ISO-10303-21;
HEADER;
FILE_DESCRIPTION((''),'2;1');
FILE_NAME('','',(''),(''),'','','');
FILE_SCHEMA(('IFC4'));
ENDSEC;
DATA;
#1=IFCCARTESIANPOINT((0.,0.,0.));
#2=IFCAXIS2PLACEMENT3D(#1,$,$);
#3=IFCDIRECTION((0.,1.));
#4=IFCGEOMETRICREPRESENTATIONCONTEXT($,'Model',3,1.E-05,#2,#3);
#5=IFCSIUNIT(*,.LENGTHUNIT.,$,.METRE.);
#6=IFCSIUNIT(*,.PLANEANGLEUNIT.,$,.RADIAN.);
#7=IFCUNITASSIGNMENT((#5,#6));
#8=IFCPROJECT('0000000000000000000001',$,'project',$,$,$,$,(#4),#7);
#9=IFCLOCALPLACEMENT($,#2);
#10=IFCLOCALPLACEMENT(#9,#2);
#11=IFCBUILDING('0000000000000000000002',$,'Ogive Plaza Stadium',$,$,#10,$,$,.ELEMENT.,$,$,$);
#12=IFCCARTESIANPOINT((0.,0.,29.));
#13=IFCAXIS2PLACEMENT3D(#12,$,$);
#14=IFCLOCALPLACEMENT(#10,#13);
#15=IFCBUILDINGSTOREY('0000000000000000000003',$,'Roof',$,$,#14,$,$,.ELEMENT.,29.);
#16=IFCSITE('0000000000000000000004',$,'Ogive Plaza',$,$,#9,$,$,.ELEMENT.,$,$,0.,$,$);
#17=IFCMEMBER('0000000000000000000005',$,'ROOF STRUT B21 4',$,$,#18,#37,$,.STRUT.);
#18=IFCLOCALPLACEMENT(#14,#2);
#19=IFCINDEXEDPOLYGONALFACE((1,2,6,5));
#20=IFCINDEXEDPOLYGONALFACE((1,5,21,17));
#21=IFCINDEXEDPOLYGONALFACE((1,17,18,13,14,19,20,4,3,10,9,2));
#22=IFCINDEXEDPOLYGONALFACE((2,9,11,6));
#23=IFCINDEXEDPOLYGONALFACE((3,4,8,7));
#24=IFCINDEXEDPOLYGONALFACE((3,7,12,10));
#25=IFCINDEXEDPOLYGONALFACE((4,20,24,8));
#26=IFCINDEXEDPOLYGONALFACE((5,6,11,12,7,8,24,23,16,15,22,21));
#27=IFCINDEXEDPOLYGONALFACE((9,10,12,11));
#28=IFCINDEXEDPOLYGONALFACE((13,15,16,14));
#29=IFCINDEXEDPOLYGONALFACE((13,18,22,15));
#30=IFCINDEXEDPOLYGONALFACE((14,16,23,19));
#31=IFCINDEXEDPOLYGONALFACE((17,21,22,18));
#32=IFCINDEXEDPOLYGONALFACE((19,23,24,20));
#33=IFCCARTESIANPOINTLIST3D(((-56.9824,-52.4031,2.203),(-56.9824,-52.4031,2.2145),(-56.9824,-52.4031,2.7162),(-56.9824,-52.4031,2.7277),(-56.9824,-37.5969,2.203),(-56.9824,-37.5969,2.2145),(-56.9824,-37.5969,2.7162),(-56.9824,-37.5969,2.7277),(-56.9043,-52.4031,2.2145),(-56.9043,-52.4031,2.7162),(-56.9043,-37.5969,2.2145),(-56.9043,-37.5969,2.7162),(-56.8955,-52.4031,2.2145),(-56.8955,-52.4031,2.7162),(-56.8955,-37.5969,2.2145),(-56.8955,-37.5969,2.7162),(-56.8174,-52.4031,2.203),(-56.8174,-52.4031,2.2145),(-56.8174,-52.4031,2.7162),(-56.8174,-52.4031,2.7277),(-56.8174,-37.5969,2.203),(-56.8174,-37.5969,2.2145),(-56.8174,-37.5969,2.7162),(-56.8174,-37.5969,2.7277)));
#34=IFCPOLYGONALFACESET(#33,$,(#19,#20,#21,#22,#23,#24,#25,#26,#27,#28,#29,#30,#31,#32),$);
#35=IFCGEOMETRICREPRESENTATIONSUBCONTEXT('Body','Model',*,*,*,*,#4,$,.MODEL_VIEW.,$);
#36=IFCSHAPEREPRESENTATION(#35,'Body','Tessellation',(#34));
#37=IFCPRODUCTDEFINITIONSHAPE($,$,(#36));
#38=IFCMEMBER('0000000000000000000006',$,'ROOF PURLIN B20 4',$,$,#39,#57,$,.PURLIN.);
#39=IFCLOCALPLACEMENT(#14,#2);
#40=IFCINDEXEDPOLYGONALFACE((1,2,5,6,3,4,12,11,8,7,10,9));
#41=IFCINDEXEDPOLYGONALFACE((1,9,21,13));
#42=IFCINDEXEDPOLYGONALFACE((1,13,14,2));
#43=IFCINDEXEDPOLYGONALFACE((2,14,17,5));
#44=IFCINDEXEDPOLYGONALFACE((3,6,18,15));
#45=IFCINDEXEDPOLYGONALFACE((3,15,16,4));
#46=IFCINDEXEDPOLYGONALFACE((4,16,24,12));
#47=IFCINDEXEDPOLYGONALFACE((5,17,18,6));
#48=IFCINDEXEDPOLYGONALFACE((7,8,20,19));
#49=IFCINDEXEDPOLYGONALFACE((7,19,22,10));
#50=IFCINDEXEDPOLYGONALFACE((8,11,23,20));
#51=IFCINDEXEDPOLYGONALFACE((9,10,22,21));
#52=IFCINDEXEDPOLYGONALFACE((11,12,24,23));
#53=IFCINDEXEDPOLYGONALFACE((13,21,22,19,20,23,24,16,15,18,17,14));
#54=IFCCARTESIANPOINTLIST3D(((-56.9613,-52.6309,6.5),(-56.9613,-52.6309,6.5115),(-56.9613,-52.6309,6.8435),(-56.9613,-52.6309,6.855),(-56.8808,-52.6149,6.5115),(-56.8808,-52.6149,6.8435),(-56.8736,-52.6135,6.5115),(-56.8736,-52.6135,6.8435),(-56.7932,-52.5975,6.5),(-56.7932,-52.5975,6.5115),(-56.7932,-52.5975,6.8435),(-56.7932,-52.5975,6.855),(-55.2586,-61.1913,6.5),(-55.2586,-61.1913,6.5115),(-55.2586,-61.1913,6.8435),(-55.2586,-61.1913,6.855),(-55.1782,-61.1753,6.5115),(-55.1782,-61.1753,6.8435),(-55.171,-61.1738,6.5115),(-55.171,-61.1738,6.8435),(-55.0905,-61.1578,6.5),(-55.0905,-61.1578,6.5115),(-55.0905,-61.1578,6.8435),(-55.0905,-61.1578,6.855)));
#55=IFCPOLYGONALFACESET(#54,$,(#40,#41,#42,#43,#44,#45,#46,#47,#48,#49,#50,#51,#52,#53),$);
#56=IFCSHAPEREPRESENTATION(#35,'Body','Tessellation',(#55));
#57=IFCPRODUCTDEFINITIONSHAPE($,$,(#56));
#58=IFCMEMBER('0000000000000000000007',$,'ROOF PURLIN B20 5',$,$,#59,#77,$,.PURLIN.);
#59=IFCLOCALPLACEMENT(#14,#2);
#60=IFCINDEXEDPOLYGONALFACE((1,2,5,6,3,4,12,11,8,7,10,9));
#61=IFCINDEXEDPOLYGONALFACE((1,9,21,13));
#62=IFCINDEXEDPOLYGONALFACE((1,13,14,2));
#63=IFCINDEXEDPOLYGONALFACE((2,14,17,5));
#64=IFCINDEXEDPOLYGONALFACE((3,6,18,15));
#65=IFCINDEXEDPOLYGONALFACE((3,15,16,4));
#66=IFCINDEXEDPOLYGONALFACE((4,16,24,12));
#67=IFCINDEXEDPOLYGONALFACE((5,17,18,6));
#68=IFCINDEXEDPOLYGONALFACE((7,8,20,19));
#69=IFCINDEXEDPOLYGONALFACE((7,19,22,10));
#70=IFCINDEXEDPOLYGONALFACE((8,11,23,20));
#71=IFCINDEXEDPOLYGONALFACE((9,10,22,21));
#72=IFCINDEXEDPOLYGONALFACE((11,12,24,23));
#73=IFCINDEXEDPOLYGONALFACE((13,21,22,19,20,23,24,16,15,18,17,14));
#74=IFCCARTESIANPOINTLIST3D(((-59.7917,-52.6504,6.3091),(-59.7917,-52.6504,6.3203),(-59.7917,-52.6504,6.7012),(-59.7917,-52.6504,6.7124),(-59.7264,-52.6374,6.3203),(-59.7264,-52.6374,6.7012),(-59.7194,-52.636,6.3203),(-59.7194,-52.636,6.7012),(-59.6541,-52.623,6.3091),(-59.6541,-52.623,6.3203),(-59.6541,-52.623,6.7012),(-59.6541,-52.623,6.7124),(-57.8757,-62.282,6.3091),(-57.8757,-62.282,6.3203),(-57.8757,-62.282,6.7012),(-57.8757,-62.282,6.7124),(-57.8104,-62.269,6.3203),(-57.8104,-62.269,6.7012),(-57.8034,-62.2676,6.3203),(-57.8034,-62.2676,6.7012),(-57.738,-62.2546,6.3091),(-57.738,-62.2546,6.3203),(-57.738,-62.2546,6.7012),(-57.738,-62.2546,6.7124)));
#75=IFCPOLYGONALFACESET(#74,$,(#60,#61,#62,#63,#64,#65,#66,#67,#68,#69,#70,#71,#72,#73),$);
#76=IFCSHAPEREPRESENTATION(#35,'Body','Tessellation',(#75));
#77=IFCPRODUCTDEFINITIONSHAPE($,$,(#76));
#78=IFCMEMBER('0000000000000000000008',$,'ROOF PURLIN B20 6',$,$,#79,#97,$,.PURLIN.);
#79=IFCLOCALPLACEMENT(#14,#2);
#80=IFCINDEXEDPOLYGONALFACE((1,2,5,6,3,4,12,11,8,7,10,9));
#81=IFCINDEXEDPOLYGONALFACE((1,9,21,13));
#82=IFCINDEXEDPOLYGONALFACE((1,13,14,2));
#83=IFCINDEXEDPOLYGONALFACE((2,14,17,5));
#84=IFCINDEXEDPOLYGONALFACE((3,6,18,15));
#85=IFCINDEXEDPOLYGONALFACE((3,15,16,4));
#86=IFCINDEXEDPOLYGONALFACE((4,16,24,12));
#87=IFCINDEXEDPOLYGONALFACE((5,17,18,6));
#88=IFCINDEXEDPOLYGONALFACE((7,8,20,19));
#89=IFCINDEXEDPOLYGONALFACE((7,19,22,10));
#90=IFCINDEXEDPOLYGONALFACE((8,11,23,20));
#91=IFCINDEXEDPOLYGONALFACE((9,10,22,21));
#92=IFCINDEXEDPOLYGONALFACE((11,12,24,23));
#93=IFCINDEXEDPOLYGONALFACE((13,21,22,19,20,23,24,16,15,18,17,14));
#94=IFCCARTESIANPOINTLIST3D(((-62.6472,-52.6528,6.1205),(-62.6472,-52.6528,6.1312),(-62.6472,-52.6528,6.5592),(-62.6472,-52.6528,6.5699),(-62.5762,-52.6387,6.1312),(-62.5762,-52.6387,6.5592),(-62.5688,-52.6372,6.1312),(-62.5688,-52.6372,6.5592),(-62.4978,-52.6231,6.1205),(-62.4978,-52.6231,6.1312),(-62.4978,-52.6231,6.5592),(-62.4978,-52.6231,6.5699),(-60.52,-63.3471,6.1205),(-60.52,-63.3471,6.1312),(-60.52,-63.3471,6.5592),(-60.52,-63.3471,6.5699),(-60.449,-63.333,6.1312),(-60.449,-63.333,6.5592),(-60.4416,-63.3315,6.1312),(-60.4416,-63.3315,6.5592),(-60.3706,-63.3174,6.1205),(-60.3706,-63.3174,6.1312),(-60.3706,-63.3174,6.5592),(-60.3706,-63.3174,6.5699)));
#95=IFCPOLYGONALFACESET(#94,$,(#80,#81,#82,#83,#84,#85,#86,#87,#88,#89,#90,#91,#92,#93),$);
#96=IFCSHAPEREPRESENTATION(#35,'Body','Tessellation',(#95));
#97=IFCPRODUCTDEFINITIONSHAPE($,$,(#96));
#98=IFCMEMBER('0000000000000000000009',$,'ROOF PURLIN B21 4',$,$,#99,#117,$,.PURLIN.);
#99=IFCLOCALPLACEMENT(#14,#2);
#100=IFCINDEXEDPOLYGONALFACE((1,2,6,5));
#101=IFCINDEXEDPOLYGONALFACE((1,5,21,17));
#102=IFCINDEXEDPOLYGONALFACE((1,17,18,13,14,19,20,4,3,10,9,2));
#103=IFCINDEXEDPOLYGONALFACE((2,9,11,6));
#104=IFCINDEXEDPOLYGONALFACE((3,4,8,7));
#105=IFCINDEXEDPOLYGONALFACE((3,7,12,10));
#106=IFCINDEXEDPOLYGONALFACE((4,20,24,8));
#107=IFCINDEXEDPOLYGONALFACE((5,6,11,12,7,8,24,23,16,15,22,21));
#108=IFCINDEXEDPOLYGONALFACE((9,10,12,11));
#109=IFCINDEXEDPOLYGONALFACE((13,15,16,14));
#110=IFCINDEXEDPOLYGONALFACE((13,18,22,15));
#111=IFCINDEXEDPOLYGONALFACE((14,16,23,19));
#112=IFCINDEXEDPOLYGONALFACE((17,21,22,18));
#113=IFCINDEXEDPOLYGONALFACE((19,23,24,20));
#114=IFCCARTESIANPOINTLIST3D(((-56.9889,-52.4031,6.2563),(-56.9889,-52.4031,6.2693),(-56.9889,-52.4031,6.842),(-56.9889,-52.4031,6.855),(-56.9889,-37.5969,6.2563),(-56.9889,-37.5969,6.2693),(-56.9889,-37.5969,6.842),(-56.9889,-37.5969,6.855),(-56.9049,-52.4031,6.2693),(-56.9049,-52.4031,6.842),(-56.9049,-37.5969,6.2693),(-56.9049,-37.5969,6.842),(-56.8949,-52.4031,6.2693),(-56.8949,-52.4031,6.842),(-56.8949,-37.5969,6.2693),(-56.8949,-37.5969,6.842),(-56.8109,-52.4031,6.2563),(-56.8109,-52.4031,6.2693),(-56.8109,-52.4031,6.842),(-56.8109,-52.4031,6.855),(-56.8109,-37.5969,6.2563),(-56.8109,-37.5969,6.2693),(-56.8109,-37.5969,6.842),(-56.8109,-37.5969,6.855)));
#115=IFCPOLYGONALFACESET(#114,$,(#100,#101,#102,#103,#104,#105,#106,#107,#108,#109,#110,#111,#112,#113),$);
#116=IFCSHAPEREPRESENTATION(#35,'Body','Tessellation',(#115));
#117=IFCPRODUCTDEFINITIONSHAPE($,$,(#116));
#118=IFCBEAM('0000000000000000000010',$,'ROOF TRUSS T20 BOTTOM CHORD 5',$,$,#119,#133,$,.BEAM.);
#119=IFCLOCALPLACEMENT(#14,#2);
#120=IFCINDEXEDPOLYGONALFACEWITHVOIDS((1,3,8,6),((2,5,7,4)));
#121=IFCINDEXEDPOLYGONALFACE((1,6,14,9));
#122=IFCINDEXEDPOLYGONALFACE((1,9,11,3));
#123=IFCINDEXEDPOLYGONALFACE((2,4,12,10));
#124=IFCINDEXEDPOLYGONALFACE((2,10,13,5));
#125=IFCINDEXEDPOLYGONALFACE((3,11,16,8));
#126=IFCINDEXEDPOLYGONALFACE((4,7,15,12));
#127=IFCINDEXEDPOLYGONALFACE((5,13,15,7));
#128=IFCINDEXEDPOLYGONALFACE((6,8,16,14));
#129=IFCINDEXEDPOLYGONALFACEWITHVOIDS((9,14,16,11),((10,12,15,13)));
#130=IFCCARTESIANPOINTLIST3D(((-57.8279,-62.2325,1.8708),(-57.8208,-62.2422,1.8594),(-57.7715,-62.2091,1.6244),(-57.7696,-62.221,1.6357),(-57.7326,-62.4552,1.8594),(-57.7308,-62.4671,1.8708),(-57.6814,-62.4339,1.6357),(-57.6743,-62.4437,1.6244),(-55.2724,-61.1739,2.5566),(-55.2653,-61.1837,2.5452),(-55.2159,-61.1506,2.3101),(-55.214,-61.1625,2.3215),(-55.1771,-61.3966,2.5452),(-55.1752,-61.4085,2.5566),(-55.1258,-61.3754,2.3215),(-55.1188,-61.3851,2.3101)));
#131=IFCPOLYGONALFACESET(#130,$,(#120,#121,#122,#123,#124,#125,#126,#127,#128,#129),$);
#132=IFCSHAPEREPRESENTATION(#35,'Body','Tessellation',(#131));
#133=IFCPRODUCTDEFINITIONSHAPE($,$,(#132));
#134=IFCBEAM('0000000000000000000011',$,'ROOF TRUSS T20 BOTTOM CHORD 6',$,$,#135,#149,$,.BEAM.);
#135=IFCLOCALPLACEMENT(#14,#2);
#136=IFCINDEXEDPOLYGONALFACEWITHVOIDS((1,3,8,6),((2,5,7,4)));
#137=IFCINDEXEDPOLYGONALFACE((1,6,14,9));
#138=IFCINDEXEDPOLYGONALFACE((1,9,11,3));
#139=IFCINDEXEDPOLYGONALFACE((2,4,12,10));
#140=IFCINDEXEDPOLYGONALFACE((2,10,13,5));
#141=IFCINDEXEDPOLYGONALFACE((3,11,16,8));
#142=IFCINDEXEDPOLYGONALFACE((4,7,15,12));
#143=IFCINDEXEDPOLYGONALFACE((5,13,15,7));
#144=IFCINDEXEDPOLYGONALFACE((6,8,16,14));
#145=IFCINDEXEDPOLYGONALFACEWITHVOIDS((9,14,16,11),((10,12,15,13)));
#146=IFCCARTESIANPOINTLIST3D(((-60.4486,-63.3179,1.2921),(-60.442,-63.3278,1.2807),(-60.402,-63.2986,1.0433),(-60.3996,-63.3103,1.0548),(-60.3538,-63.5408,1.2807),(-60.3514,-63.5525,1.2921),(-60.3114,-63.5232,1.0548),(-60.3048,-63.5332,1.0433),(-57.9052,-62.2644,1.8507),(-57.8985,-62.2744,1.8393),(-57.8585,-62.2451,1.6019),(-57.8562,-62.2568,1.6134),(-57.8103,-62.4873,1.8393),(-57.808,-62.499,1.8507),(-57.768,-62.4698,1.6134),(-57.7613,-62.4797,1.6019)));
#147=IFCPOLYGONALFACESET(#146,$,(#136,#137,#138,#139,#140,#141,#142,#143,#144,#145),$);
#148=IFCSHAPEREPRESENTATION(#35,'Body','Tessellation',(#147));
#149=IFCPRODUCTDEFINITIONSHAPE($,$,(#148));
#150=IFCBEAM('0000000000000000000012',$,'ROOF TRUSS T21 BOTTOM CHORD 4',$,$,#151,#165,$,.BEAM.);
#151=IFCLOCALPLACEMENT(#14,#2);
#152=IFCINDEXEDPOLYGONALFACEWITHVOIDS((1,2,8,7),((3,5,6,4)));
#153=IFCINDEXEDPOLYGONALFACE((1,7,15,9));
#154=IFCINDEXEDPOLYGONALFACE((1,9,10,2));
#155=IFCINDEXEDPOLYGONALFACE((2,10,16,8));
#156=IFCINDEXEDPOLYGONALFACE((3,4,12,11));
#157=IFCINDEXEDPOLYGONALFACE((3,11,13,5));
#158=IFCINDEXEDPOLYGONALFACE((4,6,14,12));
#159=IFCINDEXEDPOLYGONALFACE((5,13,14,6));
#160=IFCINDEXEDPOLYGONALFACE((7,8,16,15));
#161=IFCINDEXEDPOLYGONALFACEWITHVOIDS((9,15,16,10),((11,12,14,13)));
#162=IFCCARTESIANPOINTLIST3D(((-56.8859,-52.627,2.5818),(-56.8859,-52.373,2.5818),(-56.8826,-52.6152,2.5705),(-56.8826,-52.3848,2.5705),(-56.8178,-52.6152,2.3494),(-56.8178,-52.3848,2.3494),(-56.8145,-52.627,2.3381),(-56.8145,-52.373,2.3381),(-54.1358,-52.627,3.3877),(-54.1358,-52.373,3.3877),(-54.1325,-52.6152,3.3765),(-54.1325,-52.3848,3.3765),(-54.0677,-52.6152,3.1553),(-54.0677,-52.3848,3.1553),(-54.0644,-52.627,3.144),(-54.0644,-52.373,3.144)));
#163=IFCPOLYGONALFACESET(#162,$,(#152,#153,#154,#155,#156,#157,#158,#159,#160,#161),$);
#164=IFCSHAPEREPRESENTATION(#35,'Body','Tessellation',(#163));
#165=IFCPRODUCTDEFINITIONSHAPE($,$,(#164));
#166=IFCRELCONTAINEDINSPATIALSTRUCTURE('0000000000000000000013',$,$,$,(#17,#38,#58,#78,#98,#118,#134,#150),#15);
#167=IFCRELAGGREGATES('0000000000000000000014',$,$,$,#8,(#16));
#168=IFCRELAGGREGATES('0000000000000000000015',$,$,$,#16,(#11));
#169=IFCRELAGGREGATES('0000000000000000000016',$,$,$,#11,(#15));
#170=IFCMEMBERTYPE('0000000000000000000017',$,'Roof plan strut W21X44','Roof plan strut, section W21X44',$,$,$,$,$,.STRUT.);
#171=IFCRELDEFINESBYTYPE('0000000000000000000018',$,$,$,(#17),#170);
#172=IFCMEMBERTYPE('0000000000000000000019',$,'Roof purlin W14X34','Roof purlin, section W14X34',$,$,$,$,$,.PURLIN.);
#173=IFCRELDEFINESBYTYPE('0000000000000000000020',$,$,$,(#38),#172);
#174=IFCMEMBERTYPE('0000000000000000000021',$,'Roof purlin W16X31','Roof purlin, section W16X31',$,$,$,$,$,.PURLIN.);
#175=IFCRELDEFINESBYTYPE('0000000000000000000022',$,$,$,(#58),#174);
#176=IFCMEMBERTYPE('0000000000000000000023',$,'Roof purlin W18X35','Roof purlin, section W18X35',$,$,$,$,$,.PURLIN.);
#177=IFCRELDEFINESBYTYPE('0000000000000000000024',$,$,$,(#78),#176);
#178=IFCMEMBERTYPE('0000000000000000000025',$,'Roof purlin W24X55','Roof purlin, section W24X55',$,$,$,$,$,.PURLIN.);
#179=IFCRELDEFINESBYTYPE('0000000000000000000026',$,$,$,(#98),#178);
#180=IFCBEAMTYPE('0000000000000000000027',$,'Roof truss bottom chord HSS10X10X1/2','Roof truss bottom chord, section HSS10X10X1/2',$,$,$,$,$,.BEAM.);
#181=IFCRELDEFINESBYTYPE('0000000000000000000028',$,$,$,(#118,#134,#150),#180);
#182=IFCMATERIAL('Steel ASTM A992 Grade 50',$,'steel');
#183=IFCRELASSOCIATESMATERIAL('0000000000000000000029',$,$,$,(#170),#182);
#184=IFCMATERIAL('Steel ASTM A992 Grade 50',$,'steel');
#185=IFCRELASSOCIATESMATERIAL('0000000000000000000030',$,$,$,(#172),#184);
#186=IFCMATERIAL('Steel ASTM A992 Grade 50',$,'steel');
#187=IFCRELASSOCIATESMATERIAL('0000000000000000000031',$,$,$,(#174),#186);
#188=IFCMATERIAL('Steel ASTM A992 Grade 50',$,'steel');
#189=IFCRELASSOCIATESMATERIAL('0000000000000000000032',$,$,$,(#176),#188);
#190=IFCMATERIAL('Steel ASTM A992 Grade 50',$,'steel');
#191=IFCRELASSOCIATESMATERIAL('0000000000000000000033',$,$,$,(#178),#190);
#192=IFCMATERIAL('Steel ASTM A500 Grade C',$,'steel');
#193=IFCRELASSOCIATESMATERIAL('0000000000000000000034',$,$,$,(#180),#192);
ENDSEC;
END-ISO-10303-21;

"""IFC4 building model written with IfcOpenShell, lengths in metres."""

from ifc_helpers import new_model, si_unit, direction, frame, origin, origin_2d, place, context, subcontext, project, spatial, hollow_rectangle, i_section, extrude, material, material_profile, profile_set, type_object, element, save


model = new_model("IFC4")

# Units and contexts
model_context = context("Model", 3, precision=1e-05, world=origin(), true_north=direction((0.0, 1.0)))
body_context = subcontext(model_context, "Body", "Model", "MODEL_VIEW")
ifc_project = project(units=[si_unit("LENGTHUNIT", "METRE"), si_unit("PLANEANGLEUNIT", "RADIAN")], contexts=[model_context])

# Site, building, storey
site_placement = place(None, origin())
site = spatial("IfcSite", under=ifc_project, at=site_placement, Name="Ogive Plaza", CompositionType="ELEMENT", RefElevation=0.0)
building_placement = place(site_placement, origin())
building = spatial("IfcBuilding", under=site, at=building_placement, Name="Ogive Plaza Stadium", CompositionType="ELEMENT")
storey_placement = place(building_placement, frame((0.0, 0.0, 29.0)))
storey = spatial("IfcBuildingStorey", under=building, at=storey_placement, Name="Roof", CompositionType="ELEMENT", Elevation=29.0)

# Members
ifc_material_1 = material(Name="Steel ASTM A992 Grade 50", Category="steel")
ifc_material_profile_1 = material_profile(ifc_material_1, i_section(OverallWidth=0.165, OverallDepth=0.5247, WebThickness=0.0088, FlangeThickness=0.0115, at=origin_2d()), Name="W21X44")
ifc_profile_set_1 = profile_set([ifc_material_profile_1], Name="Steel ASTM A992 Grade 50")
member_type_1 = type_object("IfcMemberType", Name="Roof plan strut W21X44", Description="Roof plan strut, section W21X44", PredefinedType="STRUT", material=ifc_profile_set_1)
member_1_placement = place(storey_placement, frame((-56.8999, -52.4031, 2.4653), z_axis=(0.0, 1.0, 0.0), x_axis=(-1.0, 0.0, 0.0)))
element("IfcMember", 1, at=member_1_placement, inside=storey, type_object=member_type_1, Name="ROOF STRUT B21 4", PredefinedType="STRUT", context=body_context, shape_type="SweptSolid", body=[
    extrude(i_section(OverallWidth=0.165, OverallDepth=0.5247, WebThickness=0.0088, FlangeThickness=0.0115, at=origin_2d()), origin(), (0.0, 0.0, 1.0), 14.8062),
])
ifc_material_2 = material(Name="Steel ASTM A992 Grade 50", Category="steel")
ifc_material_profile_2 = material_profile(ifc_material_2, i_section(OverallWidth=0.1714, OverallDepth=0.355, WebThickness=0.0073, FlangeThickness=0.0115, at=origin_2d()), Name="W14X34")
ifc_profile_set_2 = profile_set([ifc_material_profile_2], Name="Steel ASTM A992 Grade 50")
member_type_2 = type_object("IfcMemberType", Name="Roof purlin W14X34", Description="Roof purlin, section W14X34", PredefinedType="PURLIN", material=ifc_profile_set_2)
member_2_placement = place(storey_placement, frame((-55.1746, -61.1746, 6.6775), z_axis=(-0.195078, 0.980788, 0.0), x_axis=(-0.980788, -0.195078, 0.0)))
element("IfcMember", 2, at=member_2_placement, inside=storey, type_object=member_type_2, Name="ROOF PURLIN B20 4", PredefinedType="PURLIN", context=body_context, shape_type="SweptSolid", body=[
    extrude(i_section(OverallWidth=0.1714, OverallDepth=0.355, WebThickness=0.0073, FlangeThickness=0.0115, at=origin_2d()), origin(), (0.0, 0.0, 1.0), 8.728),
])
ifc_material_3 = material(Name="Steel ASTM A992 Grade 50", Category="steel")
ifc_material_profile_3 = material_profile(ifc_material_3, i_section(OverallWidth=0.1404, OverallDepth=0.4033, WebThickness=0.0071, FlangeThickness=0.0112, at=origin_2d()), Name="W16X31")
ifc_profile_set_3 = profile_set([ifc_material_profile_3], Name="Steel ASTM A992 Grade 50")
member_type_3 = type_object("IfcMemberType", Name="Roof purlin W16X31", Description="Roof purlin, section W16X31", PredefinedType="PURLIN", material=ifc_profile_set_3)
member_3_placement = place(storey_placement, frame((-57.8069, -62.2683, 6.5107), z_axis=(-0.195107, 0.980782, 0.0), x_axis=(-0.980782, -0.195107, 0.0)))
element("IfcMember", 3, at=member_3_placement, inside=storey, type_object=member_type_3, Name="ROOF PURLIN B20 5", PredefinedType="PURLIN", context=body_context, shape_type="SweptSolid", body=[
    extrude(i_section(OverallWidth=0.1404, OverallDepth=0.4033, WebThickness=0.0071, FlangeThickness=0.0112, at=origin_2d()), origin(), (0.0, 0.0, 1.0), 9.8203),
])
ifc_material_4 = material(Name="Steel ASTM A992 Grade 50", Category="steel")
ifc_material_profile_4 = material_profile(ifc_material_4, i_section(OverallWidth=0.1523, OverallDepth=0.4495, WebThickness=0.0076, FlangeThickness=0.0107, at=origin_2d()), Name="W18X35")
ifc_profile_set_4 = profile_set([ifc_material_profile_4], Name="Steel ASTM A992 Grade 50")
member_type_4 = type_object("IfcMemberType", Name="Roof purlin W18X35", Description="Roof purlin, section W18X35", PredefinedType="PURLIN", material=ifc_profile_set_4)
member_4_placement = place(storey_placement, frame((-60.4453, -63.3323, 6.3452), z_axis=(-0.195087, 0.980786, 0.0), x_axis=(-0.980786, -0.195087, 0.0)))
element("IfcMember", 4, at=member_4_placement, inside=storey, type_object=member_type_4, Name="ROOF PURLIN B20 6", PredefinedType="PURLIN", context=body_context, shape_type="SweptSolid", body=[
    extrude(i_section(OverallWidth=0.1523, OverallDepth=0.4495, WebThickness=0.0076, FlangeThickness=0.0107, at=origin_2d()), origin(), (0.0, 0.0, 1.0), 10.9038),
])
ifc_material_5 = material(Name="Steel ASTM A992 Grade 50", Category="steel")
ifc_material_profile_5 = material_profile(ifc_material_5, i_section(OverallWidth=0.178, OverallDepth=0.5986, WebThickness=0.01, FlangeThickness=0.0129, at=origin_2d()), Name="W24X55")
ifc_profile_set_5 = profile_set([ifc_material_profile_5], Name="Steel ASTM A992 Grade 50")
member_type_5 = type_object("IfcMemberType", Name="Roof purlin W24X55", Description="Roof purlin, section W24X55", PredefinedType="PURLIN", material=ifc_profile_set_5)
member_5_placement = place(storey_placement, frame((-56.8999, -52.4031, 6.5557), z_axis=(0.0, 1.0, 0.0), x_axis=(-1.0, 0.0, 0.0)))
element("IfcMember", 5, at=member_5_placement, inside=storey, type_object=member_type_5, Name="ROOF PURLIN B21 4", PredefinedType="PURLIN", context=body_context, shape_type="SweptSolid", body=[
    extrude(i_section(OverallWidth=0.178, OverallDepth=0.5986, WebThickness=0.01, FlangeThickness=0.0129, at=origin_2d()), origin(), (0.0, 0.0, 1.0), 14.8062),
])

# Beams
ifc_material_6 = material(Name="Steel ASTM A500 Grade C", Category="steel")
ifc_material_profile_6 = material_profile(ifc_material_6, hollow_rectangle(XDim=0.2539, YDim=0.2539, WallThickness=0.0117, at=origin_2d()), Name="HSS10X10X1/2")
ifc_profile_set_6 = profile_set([ifc_material_profile_6], Name="Steel ASTM A500 Grade C")
beam_type_1 = type_object("IfcBeamType", Name="Roof truss bottom chord HSS10X10X1/2", Description="Roof truss bottom chord, section HSS10X10X1/2", PredefinedType="BEAM", material=ifc_profile_set_6)
beam_1_placement = place(storey_placement, frame((-55.1956, -61.2795, 2.4333), z_axis=(-0.896733, -0.37144, -0.240631), x_axis=(0.382684, -0.923879, 0.0)))
element("IfcBeam", 6, at=beam_1_placement, inside=storey, type_object=beam_type_1, Name="ROOF TRUSS T20 BOTTOM CHORD 5", PredefinedType="BEAM", context=body_context, shape_type="SweptSolid", body=[
    extrude(hollow_rectangle(XDim=0.2539, YDim=0.2539, WallThickness=0.0117, at=origin_2d()), origin(), (0.0, 0.0, 1.0), 2.8499),
])
beam_2_placement = place(storey_placement, frame((-57.8333, -62.3721, 1.7263), z_axis=(-0.905438, -0.375021, -0.198852), x_axis=(0.382662, -0.923888, 0.0)))
element("IfcBeam", 7, at=beam_2_placement, inside=storey, type_object=beam_type_1, Name="ROOF TRUSS T20 BOTTOM CHORD 6", PredefinedType="BEAM", context=body_context, shape_type="SweptSolid", body=[
    extrude(hollow_rectangle(XDim=0.2539, YDim=0.2539, WallThickness=0.0117, at=origin_2d()), origin(), (0.0, 0.0, 1.0), 2.8091),
])
beam_3_placement = place(storey_placement, frame((-54.1001, -52.5, 3.2659), z_axis=(-0.95964, 0.0, -0.28123), x_axis=(0.0, -1.0, 0.0)))
element("IfcBeam", 8, at=beam_3_placement, inside=storey, type_object=beam_type_1, Name="ROOF TRUSS T21 BOTTOM CHORD 4", PredefinedType="BEAM", context=body_context, shape_type="SweptSolid", body=[
    extrude(hollow_rectangle(XDim=0.2539, YDim=0.2539, WallThickness=0.0117, at=origin_2d()), origin(), (0.0, 0.0, 1.0), 2.8657),
])

save(model, "model.ifc")
